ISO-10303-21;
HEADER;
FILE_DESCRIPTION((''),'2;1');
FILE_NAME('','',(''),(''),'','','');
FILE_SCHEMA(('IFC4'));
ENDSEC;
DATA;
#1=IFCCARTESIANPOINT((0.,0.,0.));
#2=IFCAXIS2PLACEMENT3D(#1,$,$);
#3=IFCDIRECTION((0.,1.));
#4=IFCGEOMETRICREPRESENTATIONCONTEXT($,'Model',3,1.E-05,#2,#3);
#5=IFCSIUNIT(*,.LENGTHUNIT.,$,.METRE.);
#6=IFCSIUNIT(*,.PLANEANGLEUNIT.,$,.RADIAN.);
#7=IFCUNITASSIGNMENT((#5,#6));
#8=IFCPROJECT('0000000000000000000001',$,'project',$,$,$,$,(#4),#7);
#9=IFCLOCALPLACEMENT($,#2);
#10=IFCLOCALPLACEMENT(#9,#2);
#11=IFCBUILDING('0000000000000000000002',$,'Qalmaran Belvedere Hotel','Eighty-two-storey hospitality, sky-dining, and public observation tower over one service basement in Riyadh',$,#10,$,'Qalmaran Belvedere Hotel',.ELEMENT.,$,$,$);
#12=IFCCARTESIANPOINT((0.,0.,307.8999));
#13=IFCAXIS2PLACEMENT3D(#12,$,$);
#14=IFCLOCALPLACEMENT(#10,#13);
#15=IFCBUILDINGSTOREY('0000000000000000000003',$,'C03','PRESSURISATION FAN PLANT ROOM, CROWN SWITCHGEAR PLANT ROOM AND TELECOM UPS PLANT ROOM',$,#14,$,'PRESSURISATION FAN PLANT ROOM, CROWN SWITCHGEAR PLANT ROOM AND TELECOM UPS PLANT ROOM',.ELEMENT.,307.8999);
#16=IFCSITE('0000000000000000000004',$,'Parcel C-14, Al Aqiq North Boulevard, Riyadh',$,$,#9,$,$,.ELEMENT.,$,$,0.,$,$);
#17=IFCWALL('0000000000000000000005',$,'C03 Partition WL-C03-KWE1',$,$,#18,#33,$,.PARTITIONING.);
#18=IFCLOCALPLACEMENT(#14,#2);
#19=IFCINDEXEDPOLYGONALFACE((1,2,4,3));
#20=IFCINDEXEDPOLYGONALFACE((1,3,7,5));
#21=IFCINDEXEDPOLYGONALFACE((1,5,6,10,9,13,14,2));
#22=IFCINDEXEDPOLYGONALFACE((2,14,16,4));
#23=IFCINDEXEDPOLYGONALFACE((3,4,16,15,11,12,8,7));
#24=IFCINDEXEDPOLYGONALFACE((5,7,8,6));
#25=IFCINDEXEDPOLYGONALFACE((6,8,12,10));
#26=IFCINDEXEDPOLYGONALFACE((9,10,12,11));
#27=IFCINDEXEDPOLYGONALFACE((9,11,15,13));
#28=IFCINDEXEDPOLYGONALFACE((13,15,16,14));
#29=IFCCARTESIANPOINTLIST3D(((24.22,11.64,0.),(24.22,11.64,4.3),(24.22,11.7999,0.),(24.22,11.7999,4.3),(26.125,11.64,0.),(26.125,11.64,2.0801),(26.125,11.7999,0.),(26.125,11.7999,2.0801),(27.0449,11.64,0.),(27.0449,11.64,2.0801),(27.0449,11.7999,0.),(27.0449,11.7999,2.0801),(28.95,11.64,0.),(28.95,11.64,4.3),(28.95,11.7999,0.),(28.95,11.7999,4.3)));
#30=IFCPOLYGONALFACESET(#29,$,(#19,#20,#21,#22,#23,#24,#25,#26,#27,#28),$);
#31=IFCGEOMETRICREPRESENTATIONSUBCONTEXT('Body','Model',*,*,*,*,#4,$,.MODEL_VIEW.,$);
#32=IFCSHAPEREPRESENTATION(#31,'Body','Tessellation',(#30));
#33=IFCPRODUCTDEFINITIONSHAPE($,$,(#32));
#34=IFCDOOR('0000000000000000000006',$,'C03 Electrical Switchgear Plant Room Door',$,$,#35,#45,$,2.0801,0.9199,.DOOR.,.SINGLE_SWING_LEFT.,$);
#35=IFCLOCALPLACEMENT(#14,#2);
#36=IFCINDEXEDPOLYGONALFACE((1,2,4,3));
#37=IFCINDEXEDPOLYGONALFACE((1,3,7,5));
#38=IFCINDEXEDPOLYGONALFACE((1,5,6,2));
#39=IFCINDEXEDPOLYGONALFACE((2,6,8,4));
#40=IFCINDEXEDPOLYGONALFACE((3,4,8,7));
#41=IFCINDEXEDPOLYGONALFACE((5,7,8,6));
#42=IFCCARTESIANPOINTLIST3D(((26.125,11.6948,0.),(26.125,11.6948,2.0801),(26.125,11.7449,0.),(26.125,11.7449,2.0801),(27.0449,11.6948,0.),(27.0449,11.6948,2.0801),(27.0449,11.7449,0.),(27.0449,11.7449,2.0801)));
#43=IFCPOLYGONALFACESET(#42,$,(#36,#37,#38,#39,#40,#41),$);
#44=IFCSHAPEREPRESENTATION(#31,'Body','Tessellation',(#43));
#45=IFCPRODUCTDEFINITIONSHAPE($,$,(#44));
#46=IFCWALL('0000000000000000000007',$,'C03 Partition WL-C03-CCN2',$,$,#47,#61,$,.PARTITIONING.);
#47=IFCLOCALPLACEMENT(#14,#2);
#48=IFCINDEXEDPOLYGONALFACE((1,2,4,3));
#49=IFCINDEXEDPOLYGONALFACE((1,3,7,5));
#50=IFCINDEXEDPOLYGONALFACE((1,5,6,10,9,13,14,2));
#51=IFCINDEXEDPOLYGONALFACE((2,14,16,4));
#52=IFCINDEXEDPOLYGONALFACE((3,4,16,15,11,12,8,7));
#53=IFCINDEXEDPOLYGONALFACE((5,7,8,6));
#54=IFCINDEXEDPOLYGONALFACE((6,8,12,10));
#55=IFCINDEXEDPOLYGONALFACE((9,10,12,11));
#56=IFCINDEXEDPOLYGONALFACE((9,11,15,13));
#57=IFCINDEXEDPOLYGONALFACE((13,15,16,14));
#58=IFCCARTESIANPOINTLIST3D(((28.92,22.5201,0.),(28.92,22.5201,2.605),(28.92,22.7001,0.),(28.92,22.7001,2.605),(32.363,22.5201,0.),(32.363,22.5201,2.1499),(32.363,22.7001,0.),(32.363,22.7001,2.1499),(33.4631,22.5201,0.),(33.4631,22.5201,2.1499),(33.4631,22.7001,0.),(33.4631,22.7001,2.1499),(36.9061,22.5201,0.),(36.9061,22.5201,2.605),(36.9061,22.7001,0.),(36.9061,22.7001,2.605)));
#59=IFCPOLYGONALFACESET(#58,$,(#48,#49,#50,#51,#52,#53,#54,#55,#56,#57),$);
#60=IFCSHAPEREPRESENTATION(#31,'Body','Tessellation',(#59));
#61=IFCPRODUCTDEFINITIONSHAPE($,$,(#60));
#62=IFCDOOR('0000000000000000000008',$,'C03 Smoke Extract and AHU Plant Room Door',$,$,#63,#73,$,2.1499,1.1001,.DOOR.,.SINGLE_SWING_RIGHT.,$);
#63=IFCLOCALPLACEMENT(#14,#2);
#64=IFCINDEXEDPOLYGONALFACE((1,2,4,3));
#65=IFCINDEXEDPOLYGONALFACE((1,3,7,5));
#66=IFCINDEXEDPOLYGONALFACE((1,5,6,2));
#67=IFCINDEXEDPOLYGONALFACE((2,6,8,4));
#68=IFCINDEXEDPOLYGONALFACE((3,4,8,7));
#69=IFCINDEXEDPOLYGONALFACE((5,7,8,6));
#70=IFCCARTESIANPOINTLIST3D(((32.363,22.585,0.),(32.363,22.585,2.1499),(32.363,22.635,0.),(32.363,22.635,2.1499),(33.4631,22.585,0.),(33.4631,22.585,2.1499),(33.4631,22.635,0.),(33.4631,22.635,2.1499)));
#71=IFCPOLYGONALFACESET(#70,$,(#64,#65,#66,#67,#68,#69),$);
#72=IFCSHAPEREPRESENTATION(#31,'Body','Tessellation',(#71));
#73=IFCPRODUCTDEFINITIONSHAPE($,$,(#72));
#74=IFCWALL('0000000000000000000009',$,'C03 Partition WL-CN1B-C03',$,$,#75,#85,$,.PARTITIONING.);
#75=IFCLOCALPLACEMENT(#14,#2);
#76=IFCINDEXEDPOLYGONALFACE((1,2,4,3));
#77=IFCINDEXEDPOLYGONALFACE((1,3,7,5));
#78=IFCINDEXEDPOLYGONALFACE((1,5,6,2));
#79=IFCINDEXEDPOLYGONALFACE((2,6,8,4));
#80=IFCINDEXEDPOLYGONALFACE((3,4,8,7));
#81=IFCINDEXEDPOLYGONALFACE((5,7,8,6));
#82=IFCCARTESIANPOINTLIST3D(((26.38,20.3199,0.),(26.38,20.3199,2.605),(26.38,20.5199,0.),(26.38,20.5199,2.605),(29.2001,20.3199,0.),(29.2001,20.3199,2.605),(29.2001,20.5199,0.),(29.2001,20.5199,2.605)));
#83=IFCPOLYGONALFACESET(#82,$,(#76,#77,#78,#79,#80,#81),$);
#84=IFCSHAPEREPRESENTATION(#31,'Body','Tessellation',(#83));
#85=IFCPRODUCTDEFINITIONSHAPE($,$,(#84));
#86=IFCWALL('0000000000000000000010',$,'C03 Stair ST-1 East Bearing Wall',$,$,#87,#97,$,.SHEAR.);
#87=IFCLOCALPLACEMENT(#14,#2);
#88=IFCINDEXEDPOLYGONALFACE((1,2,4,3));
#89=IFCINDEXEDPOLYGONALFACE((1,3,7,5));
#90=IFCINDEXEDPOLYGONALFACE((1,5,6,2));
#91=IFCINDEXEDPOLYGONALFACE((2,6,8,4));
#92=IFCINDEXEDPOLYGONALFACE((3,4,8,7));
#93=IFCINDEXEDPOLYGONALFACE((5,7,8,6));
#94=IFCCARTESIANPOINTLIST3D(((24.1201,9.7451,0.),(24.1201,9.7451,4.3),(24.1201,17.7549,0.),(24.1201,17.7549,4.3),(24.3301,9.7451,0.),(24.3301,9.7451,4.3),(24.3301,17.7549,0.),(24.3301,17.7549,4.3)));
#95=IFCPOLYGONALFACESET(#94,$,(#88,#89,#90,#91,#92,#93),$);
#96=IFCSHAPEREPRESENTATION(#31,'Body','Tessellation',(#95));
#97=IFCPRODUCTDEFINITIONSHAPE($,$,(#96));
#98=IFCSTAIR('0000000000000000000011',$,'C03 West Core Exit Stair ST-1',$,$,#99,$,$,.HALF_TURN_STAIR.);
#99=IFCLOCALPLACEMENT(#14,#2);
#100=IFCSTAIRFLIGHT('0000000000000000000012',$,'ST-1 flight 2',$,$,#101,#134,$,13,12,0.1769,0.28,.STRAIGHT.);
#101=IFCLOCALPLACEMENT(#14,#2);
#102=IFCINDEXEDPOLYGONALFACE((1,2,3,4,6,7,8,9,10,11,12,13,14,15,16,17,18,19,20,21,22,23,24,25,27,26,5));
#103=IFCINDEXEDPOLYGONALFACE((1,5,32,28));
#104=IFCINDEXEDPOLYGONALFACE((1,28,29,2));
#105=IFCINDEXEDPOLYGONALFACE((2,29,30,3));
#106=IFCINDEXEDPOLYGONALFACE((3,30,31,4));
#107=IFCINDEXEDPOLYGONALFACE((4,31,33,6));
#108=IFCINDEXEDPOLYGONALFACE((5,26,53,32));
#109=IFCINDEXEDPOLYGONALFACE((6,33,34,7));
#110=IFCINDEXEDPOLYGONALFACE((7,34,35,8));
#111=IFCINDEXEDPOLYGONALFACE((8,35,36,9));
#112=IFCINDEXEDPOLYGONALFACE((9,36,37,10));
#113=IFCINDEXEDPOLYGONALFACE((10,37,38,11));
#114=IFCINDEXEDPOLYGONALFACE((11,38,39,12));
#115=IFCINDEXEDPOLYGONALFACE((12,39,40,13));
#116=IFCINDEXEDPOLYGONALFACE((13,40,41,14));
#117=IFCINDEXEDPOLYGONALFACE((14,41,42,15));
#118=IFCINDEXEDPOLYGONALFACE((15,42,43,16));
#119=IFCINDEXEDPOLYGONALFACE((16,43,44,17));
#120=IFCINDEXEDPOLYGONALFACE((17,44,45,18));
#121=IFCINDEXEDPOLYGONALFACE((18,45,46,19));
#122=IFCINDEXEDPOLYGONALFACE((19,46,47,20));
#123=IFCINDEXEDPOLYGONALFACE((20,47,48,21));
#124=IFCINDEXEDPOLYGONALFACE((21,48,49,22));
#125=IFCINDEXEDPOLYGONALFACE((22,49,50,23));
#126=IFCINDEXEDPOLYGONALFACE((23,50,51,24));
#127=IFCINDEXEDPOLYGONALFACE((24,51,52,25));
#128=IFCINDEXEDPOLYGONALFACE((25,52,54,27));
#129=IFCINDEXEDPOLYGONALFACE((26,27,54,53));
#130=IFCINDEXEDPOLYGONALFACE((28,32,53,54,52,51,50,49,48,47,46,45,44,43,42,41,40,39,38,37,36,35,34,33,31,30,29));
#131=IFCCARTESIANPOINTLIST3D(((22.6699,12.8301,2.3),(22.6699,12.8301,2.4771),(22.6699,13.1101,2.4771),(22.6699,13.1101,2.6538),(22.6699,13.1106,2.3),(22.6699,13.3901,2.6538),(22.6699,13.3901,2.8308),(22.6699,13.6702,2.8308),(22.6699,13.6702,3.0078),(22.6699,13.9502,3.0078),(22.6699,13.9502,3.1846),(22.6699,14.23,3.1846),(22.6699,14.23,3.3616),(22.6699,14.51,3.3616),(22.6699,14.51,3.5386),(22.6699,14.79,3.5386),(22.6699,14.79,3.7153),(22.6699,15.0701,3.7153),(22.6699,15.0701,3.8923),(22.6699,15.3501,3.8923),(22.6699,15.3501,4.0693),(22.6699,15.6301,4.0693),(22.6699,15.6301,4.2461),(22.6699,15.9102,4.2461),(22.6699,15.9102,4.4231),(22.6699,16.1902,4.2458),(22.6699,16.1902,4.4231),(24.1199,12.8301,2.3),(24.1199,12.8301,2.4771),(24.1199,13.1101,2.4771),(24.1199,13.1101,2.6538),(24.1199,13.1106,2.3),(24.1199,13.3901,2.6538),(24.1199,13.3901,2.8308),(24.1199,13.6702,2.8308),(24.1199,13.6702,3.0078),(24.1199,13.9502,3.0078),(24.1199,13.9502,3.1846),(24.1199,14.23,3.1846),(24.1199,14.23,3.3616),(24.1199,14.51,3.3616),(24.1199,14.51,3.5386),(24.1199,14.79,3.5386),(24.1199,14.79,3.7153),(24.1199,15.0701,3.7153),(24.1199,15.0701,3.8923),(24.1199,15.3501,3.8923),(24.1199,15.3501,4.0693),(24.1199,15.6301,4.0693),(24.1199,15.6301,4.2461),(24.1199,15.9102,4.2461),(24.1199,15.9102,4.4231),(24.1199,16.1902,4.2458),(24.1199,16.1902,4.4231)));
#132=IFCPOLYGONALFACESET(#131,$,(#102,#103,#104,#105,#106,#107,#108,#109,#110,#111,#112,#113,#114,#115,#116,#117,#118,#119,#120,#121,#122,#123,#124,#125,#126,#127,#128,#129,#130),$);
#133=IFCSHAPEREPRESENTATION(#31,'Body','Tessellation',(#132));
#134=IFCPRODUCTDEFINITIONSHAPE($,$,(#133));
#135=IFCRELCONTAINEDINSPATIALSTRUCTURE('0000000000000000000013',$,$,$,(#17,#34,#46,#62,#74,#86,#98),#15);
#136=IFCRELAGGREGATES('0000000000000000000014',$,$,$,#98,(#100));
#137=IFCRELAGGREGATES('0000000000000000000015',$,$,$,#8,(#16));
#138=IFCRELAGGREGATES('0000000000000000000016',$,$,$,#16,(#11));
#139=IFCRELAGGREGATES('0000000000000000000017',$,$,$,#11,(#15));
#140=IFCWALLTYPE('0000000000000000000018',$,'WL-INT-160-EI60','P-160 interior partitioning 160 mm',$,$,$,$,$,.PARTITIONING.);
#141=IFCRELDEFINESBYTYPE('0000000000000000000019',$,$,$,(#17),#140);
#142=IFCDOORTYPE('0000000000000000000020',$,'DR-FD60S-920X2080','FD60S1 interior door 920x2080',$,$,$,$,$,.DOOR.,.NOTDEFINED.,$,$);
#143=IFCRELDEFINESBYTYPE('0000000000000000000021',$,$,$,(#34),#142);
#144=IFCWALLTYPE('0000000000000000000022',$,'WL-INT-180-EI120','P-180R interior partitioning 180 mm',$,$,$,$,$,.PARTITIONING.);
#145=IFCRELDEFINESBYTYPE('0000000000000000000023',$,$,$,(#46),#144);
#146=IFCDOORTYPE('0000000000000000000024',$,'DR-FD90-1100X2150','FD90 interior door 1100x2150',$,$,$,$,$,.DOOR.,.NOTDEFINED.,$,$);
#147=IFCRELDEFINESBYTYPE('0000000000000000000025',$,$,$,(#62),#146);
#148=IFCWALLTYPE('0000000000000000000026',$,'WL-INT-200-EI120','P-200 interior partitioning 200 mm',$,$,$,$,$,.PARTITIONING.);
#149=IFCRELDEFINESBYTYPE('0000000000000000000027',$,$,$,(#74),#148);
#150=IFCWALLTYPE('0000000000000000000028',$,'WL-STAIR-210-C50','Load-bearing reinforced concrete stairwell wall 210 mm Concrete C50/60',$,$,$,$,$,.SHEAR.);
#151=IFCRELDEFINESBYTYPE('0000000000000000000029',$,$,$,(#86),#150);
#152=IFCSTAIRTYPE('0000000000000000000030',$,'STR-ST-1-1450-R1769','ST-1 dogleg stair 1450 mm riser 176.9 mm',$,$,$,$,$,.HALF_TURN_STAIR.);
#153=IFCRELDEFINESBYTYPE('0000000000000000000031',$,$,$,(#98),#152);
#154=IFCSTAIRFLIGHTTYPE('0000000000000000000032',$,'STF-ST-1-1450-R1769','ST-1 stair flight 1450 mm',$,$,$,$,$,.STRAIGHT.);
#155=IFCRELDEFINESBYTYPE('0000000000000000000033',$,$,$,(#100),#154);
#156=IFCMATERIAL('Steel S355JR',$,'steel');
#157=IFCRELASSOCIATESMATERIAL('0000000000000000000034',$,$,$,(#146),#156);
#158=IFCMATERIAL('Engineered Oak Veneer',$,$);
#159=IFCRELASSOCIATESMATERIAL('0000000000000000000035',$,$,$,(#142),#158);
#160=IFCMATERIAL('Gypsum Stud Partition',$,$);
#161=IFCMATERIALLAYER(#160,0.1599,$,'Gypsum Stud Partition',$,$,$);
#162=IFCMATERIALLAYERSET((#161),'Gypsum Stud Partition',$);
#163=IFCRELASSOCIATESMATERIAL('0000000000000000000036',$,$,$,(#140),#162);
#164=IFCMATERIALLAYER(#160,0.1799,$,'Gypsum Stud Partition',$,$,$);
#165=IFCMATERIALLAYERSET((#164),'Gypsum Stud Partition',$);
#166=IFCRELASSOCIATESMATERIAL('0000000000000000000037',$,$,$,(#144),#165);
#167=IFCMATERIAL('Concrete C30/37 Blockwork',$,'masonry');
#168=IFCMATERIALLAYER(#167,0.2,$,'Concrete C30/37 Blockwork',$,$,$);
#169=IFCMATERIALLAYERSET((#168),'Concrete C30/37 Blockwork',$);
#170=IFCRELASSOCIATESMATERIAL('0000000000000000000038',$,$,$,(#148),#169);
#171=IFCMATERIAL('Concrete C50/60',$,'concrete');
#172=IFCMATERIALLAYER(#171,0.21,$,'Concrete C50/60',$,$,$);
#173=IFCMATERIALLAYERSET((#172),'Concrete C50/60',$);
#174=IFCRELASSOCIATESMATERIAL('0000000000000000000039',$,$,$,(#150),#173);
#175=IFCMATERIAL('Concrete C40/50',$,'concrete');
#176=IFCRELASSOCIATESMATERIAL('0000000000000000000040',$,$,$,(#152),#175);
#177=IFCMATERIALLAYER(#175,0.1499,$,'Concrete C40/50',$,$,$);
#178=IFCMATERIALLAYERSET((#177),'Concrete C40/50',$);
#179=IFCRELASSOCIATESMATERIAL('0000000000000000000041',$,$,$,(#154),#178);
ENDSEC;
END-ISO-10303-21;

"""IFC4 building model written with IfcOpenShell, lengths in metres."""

from ifc_helpers import new_model, si_unit, direction, frame, frame_2d, origin, place, context, subcontext, project, spatial, polyline, rectangle, outline, extrude, material, layer, layer_set, type_object, element, fill, aggregate, save


model = new_model("IFC4")

# Units and contexts
model_context = context("Model", 3, precision=1e-05, world=origin(), true_north=direction((0.0, 1.0)))
body_context = subcontext(model_context, "Body", "Model", "MODEL_VIEW")
ifc_project = project(units=[si_unit("LENGTHUNIT", "METRE"), si_unit("PLANEANGLEUNIT", "RADIAN")], contexts=[model_context])

# Site, building, storey
site_placement = place(None, origin())
site = spatial("IfcSite", under=ifc_project, at=site_placement, Name="Parcel C-14, Al Aqiq North Boulevard, Riyadh", CompositionType="ELEMENT", RefElevation=0.0)
building_placement = place(site_placement, origin())
building = spatial("IfcBuilding", under=site, at=building_placement, Name="Qalmaran Belvedere Hotel", Description="Eighty-two-storey hospitality, sky-dining, and public observation tower over one service basement in Riyadh", LongName="Qalmaran Belvedere Hotel", CompositionType="ELEMENT")
storey_placement = place(building_placement, frame((0.0, 0.0, 307.8999)))
storey = spatial("IfcBuildingStorey", under=building, at=storey_placement, Name="C03", Description="PRESSURISATION FAN PLANT ROOM, CROWN SWITCHGEAR PLANT ROOM AND TELECOM UPS PLANT ROOM", LongName="PRESSURISATION FAN PLANT ROOM, CROWN SWITCHGEAR PLANT ROOM AND TELECOM UPS PLANT ROOM", CompositionType="ELEMENT", Elevation=307.8999)

# Shared definitions
ifc_material_1 = material(Name="Concrete C50/60", Category="concrete")

# Shared definitions
ifc_material_2 = material(Name="Steel S355JR", Category="steel")

# Shared definitions
door_type_1 = type_object("IfcDoorType", Name="DR-FD90-1100X2150", Description="FD90 interior door 1100x2150", OperationType="NOTDEFINED", PredefinedType="DOOR", material=ifc_material_2)

# Shared definitions
ifc_material_3 = material(Name="Gypsum Stud Partition")

# Shared definitions
ifc_material_4 = material(Name="Engineered Oak Veneer")
door_type_2 = type_object("IfcDoorType", Name="DR-FD60S-920X2080", Description="FD60S1 interior door 920x2080", OperationType="NOTDEFINED", PredefinedType="DOOR", material=ifc_material_4)

# Walls, openings, doors
ifc_layer_1 = layer(ifc_material_3, 0.1599, Name="Gypsum Stud Partition")
ifc_layer_set_1 = layer_set([ifc_layer_1], Name="Gypsum Stud Partition")
wall_type_1 = type_object("IfcWallType", Name="WL-INT-160-EI60", Description="P-160 interior partitioning 160 mm", PredefinedType="PARTITIONING", material=ifc_layer_set_1)
wall_1_placement = place(storey_placement, frame((24.22, 11.72, 0.0), z_axis=(0.0, 0.0, 1.0), x_axis=(1.0, 0.0, 0.0)))
wall_1 = element("IfcWall", 1, at=wall_1_placement, inside=storey, type_object=wall_type_1, Name="C03 Partition WL-C03-KWE1", PredefinedType="PARTITIONING", context=body_context, shape_type="SweptSolid", body=[
    extrude(rectangle(XDim=4.73, YDim=0.1599, at=frame_2d((2.365, 0.0))), origin(), (0.0, 0.0, 1.0), 4.3),
])
opening_1_placement = place(wall_1_placement, frame((1.905, 0.0, 0.0)))
opening_1 = element("IfcOpeningElement", 2, at=opening_1_placement, cuts=wall_1, PredefinedType="OPENING", context=body_context, shape_type="SweptSolid", body=[
    extrude(rectangle(XDim=0.9199, YDim=2.0801, at=frame_2d((0.46, 1.04))), frame((0.0, 0.0898, 0.0), z_axis=(0.0, -1.0, 0.0), x_axis=(1.0, 0.0, 0.0)), (0.0, 0.0, 1.0), 0.1799),
])
door_1_placement = place(opening_1_placement, origin())
door_1 = element("IfcDoor", 3, at=door_1_placement, inside=storey, type_object=door_type_2, Name="C03 Electrical Switchgear Plant Room Door", OperationType="SINGLE_SWING_LEFT", OverallHeight=2.0801, OverallWidth=0.9199, PredefinedType="DOOR", context=body_context, shape_type="SweptSolid", body=[
    extrude(rectangle(XDim=0.9199, YDim=2.0801, at=frame_2d((0.46, 1.04))), frame((0.0, 0.0249, 0.0), z_axis=(0.0, -1.0, 0.0), x_axis=(1.0, 0.0, 0.0)), (0.0, 0.0, 1.0), 0.05),
])
fill(opening_1, door_1)
ifc_layer_2 = layer(ifc_material_3, 0.1799, Name="Gypsum Stud Partition")
ifc_layer_set_2 = layer_set([ifc_layer_2], Name="Gypsum Stud Partition")
wall_type_2 = type_object("IfcWallType", Name="WL-INT-180-EI120", Description="P-180R interior partitioning 180 mm", PredefinedType="PARTITIONING", material=ifc_layer_set_2)
wall_2_placement = place(storey_placement, frame((28.9199, 22.6101, 0.0), z_axis=(0.0, 0.0, 1.0), x_axis=(1.0, 0.0, 0.0)))
wall_2 = element("IfcWall", 4, at=wall_2_placement, inside=storey, type_object=wall_type_2, Name="C03 Partition WL-C03-CCN2", PredefinedType="PARTITIONING", context=body_context, shape_type="SweptSolid", body=[
    extrude(rectangle(XDim=7.9861, YDim=0.1799, at=frame_2d((3.9932, 0.0))), origin(), (0.0, 0.0, 1.0), 2.605),
])
opening_2_placement = place(wall_2_placement, frame((3.4431, 0.0, 0.0)))
opening_2 = element("IfcOpeningElement", 5, at=opening_2_placement, cuts=wall_2, PredefinedType="OPENING", context=body_context, shape_type="SweptSolid", body=[
    extrude(rectangle(XDim=1.1001, YDim=2.1499, at=frame_2d((0.55, 1.075))), frame((0.0, 0.1001, 0.0), z_axis=(0.0, -1.0, 0.0), x_axis=(1.0, 0.0, 0.0)), (0.0, 0.0, 1.0), 0.2),
])
door_2_placement = place(opening_2_placement, origin())
door_2 = element("IfcDoor", 6, at=door_2_placement, inside=storey, type_object=door_type_1, Name="C03 Smoke Extract and AHU Plant Room Door", OperationType="SINGLE_SWING_RIGHT", OverallHeight=2.1499, OverallWidth=1.1001, PredefinedType="DOOR", context=body_context, shape_type="SweptSolid", body=[
    extrude(rectangle(XDim=1.1001, YDim=2.1499, at=frame_2d((0.55, 1.075))), frame((0.0, 0.0249, 0.0), z_axis=(0.0, -1.0, 0.0), x_axis=(1.0, 0.0, 0.0)), (0.0, 0.0, 1.0), 0.05),
])
fill(opening_2, door_2)

# Walls
ifc_material_5 = material(Name="Concrete C30/37 Blockwork", Category="masonry")
ifc_layer_3 = layer(ifc_material_5, 0.2, Name="Concrete C30/37 Blockwork")
ifc_layer_set_3 = layer_set([ifc_layer_3], Name="Concrete C30/37 Blockwork")
wall_type_3 = type_object("IfcWallType", Name="WL-INT-200-EI120", Description="P-200 interior partitioning 200 mm", PredefinedType="PARTITIONING", material=ifc_layer_set_3)
wall_3_placement = place(storey_placement, frame((26.3799, 20.4199, 0.0), z_axis=(0.0, 0.0, 1.0), x_axis=(1.0, 0.0, 0.0)))
element("IfcWall", 7, at=wall_3_placement, inside=storey, type_object=wall_type_3, Name="C03 Partition WL-CN1B-C03", PredefinedType="PARTITIONING", context=body_context, shape_type="SweptSolid", body=[
    extrude(rectangle(XDim=2.8201, YDim=0.2, at=frame_2d((1.4102, 0.0))), origin(), (0.0, 0.0, 1.0), 2.605),
])
ifc_layer_4 = layer(ifc_material_1, 0.21, Name="Concrete C50/60")
ifc_layer_set_4 = layer_set([ifc_layer_4], Name="Concrete C50/60")
wall_type_4 = type_object("IfcWallType", Name="WL-STAIR-210-C50", Description="Load-bearing reinforced concrete stairwell wall 210 mm Concrete C50/60", PredefinedType="SHEAR", material=ifc_layer_set_4)
wall_4_placement = place(storey_placement, frame((24.2251, 9.7451, 0.0), z_axis=(0.0, 0.0, 1.0), x_axis=(0.0, 1.0, 0.0)))
element("IfcWall", 8, at=wall_4_placement, inside=storey, type_object=wall_type_4, Name="C03 Stair ST-1 East Bearing Wall", PredefinedType="SHEAR", context=body_context, shape_type="SweptSolid", body=[
    extrude(rectangle(XDim=8.0098, YDim=0.21, at=frame_2d((4.0049, 0.0))), origin(), (0.0, 0.0, 1.0), 4.3),
])

# Stair, stair flight
ifc_material_6 = material(Name="Concrete C40/50", Category="concrete")
stair_type = type_object("IfcStairType", Name="STR-ST-1-1450-R1769", Description="ST-1 dogleg stair 1450 mm riser 176.9 mm", PredefinedType="HALF_TURN_STAIR", material=ifc_material_6)
stair_placement = place(storey_placement, origin())
stair = element("IfcStair", 9, at=stair_placement, inside=storey, type_object=stair_type, Name="C03 West Core Exit Stair ST-1", PredefinedType="HALF_TURN_STAIR")
ifc_layer_5 = layer(ifc_material_6, 0.1499, Name="Concrete C40/50")
ifc_layer_set_5 = layer_set([ifc_layer_5], Name="Concrete C40/50")
stair_flight_type = type_object("IfcStairFlightType", Name="STF-ST-1-1450-R1769", Description="ST-1 stair flight 1450 mm", PredefinedType="STRAIGHT", material=ifc_layer_set_5)
stair_flight_placement = place(storey_placement, frame((23.395, 12.8301, 2.3), z_axis=(0.0, 0.0, 1.0), x_axis=(0.0, 1.0, 0.0)))
stair_flight = element("IfcStairFlight", 10, at=stair_flight_placement, type_object=stair_flight_type, Name="ST-1 flight 2", NumberOfRisers=13, NumberOfTreads=12, PredefinedType="STRAIGHT", RiserHeight=0.1769, TreadLength=0.28, context=body_context, shape_type="SweptSolid", body=[
    extrude(outline(polyline([(0.0, 0.0), (0.0, 0.177), (0.28, 0.177), (0.28, 0.3538), (0.5601, 0.3538), (0.5601, 0.5308), (0.8401, 0.5308), (0.8401, 0.7078), (1.1201, 0.7078), (1.1201, 0.8845), (1.3999, 0.8845), (1.3999, 1.0615), (1.6799, 1.0615), (1.6799, 1.2385), (1.96, 1.2385), (1.96, 1.4153), (2.24, 1.4153), (2.24, 1.5923), (2.52, 1.5923), (2.52, 1.7693), (2.8, 1.7693), (2.8, 1.946), (3.0801, 1.946), (3.0801, 2.123), (3.3601, 2.123), (3.3601, 2.3), (3.3601, 1.9458), (0.2805, 0.0), (0.0, 0.0)])), frame((0.0, 0.7251, 0.0), z_axis=(0.0, -1.0, 0.0), x_axis=(1.0, 0.0, 0.0)), (0.0, 0.0, 1.0), 1.45),
])
aggregate(stair, [stair_flight])

save(model, "model.ifc")
